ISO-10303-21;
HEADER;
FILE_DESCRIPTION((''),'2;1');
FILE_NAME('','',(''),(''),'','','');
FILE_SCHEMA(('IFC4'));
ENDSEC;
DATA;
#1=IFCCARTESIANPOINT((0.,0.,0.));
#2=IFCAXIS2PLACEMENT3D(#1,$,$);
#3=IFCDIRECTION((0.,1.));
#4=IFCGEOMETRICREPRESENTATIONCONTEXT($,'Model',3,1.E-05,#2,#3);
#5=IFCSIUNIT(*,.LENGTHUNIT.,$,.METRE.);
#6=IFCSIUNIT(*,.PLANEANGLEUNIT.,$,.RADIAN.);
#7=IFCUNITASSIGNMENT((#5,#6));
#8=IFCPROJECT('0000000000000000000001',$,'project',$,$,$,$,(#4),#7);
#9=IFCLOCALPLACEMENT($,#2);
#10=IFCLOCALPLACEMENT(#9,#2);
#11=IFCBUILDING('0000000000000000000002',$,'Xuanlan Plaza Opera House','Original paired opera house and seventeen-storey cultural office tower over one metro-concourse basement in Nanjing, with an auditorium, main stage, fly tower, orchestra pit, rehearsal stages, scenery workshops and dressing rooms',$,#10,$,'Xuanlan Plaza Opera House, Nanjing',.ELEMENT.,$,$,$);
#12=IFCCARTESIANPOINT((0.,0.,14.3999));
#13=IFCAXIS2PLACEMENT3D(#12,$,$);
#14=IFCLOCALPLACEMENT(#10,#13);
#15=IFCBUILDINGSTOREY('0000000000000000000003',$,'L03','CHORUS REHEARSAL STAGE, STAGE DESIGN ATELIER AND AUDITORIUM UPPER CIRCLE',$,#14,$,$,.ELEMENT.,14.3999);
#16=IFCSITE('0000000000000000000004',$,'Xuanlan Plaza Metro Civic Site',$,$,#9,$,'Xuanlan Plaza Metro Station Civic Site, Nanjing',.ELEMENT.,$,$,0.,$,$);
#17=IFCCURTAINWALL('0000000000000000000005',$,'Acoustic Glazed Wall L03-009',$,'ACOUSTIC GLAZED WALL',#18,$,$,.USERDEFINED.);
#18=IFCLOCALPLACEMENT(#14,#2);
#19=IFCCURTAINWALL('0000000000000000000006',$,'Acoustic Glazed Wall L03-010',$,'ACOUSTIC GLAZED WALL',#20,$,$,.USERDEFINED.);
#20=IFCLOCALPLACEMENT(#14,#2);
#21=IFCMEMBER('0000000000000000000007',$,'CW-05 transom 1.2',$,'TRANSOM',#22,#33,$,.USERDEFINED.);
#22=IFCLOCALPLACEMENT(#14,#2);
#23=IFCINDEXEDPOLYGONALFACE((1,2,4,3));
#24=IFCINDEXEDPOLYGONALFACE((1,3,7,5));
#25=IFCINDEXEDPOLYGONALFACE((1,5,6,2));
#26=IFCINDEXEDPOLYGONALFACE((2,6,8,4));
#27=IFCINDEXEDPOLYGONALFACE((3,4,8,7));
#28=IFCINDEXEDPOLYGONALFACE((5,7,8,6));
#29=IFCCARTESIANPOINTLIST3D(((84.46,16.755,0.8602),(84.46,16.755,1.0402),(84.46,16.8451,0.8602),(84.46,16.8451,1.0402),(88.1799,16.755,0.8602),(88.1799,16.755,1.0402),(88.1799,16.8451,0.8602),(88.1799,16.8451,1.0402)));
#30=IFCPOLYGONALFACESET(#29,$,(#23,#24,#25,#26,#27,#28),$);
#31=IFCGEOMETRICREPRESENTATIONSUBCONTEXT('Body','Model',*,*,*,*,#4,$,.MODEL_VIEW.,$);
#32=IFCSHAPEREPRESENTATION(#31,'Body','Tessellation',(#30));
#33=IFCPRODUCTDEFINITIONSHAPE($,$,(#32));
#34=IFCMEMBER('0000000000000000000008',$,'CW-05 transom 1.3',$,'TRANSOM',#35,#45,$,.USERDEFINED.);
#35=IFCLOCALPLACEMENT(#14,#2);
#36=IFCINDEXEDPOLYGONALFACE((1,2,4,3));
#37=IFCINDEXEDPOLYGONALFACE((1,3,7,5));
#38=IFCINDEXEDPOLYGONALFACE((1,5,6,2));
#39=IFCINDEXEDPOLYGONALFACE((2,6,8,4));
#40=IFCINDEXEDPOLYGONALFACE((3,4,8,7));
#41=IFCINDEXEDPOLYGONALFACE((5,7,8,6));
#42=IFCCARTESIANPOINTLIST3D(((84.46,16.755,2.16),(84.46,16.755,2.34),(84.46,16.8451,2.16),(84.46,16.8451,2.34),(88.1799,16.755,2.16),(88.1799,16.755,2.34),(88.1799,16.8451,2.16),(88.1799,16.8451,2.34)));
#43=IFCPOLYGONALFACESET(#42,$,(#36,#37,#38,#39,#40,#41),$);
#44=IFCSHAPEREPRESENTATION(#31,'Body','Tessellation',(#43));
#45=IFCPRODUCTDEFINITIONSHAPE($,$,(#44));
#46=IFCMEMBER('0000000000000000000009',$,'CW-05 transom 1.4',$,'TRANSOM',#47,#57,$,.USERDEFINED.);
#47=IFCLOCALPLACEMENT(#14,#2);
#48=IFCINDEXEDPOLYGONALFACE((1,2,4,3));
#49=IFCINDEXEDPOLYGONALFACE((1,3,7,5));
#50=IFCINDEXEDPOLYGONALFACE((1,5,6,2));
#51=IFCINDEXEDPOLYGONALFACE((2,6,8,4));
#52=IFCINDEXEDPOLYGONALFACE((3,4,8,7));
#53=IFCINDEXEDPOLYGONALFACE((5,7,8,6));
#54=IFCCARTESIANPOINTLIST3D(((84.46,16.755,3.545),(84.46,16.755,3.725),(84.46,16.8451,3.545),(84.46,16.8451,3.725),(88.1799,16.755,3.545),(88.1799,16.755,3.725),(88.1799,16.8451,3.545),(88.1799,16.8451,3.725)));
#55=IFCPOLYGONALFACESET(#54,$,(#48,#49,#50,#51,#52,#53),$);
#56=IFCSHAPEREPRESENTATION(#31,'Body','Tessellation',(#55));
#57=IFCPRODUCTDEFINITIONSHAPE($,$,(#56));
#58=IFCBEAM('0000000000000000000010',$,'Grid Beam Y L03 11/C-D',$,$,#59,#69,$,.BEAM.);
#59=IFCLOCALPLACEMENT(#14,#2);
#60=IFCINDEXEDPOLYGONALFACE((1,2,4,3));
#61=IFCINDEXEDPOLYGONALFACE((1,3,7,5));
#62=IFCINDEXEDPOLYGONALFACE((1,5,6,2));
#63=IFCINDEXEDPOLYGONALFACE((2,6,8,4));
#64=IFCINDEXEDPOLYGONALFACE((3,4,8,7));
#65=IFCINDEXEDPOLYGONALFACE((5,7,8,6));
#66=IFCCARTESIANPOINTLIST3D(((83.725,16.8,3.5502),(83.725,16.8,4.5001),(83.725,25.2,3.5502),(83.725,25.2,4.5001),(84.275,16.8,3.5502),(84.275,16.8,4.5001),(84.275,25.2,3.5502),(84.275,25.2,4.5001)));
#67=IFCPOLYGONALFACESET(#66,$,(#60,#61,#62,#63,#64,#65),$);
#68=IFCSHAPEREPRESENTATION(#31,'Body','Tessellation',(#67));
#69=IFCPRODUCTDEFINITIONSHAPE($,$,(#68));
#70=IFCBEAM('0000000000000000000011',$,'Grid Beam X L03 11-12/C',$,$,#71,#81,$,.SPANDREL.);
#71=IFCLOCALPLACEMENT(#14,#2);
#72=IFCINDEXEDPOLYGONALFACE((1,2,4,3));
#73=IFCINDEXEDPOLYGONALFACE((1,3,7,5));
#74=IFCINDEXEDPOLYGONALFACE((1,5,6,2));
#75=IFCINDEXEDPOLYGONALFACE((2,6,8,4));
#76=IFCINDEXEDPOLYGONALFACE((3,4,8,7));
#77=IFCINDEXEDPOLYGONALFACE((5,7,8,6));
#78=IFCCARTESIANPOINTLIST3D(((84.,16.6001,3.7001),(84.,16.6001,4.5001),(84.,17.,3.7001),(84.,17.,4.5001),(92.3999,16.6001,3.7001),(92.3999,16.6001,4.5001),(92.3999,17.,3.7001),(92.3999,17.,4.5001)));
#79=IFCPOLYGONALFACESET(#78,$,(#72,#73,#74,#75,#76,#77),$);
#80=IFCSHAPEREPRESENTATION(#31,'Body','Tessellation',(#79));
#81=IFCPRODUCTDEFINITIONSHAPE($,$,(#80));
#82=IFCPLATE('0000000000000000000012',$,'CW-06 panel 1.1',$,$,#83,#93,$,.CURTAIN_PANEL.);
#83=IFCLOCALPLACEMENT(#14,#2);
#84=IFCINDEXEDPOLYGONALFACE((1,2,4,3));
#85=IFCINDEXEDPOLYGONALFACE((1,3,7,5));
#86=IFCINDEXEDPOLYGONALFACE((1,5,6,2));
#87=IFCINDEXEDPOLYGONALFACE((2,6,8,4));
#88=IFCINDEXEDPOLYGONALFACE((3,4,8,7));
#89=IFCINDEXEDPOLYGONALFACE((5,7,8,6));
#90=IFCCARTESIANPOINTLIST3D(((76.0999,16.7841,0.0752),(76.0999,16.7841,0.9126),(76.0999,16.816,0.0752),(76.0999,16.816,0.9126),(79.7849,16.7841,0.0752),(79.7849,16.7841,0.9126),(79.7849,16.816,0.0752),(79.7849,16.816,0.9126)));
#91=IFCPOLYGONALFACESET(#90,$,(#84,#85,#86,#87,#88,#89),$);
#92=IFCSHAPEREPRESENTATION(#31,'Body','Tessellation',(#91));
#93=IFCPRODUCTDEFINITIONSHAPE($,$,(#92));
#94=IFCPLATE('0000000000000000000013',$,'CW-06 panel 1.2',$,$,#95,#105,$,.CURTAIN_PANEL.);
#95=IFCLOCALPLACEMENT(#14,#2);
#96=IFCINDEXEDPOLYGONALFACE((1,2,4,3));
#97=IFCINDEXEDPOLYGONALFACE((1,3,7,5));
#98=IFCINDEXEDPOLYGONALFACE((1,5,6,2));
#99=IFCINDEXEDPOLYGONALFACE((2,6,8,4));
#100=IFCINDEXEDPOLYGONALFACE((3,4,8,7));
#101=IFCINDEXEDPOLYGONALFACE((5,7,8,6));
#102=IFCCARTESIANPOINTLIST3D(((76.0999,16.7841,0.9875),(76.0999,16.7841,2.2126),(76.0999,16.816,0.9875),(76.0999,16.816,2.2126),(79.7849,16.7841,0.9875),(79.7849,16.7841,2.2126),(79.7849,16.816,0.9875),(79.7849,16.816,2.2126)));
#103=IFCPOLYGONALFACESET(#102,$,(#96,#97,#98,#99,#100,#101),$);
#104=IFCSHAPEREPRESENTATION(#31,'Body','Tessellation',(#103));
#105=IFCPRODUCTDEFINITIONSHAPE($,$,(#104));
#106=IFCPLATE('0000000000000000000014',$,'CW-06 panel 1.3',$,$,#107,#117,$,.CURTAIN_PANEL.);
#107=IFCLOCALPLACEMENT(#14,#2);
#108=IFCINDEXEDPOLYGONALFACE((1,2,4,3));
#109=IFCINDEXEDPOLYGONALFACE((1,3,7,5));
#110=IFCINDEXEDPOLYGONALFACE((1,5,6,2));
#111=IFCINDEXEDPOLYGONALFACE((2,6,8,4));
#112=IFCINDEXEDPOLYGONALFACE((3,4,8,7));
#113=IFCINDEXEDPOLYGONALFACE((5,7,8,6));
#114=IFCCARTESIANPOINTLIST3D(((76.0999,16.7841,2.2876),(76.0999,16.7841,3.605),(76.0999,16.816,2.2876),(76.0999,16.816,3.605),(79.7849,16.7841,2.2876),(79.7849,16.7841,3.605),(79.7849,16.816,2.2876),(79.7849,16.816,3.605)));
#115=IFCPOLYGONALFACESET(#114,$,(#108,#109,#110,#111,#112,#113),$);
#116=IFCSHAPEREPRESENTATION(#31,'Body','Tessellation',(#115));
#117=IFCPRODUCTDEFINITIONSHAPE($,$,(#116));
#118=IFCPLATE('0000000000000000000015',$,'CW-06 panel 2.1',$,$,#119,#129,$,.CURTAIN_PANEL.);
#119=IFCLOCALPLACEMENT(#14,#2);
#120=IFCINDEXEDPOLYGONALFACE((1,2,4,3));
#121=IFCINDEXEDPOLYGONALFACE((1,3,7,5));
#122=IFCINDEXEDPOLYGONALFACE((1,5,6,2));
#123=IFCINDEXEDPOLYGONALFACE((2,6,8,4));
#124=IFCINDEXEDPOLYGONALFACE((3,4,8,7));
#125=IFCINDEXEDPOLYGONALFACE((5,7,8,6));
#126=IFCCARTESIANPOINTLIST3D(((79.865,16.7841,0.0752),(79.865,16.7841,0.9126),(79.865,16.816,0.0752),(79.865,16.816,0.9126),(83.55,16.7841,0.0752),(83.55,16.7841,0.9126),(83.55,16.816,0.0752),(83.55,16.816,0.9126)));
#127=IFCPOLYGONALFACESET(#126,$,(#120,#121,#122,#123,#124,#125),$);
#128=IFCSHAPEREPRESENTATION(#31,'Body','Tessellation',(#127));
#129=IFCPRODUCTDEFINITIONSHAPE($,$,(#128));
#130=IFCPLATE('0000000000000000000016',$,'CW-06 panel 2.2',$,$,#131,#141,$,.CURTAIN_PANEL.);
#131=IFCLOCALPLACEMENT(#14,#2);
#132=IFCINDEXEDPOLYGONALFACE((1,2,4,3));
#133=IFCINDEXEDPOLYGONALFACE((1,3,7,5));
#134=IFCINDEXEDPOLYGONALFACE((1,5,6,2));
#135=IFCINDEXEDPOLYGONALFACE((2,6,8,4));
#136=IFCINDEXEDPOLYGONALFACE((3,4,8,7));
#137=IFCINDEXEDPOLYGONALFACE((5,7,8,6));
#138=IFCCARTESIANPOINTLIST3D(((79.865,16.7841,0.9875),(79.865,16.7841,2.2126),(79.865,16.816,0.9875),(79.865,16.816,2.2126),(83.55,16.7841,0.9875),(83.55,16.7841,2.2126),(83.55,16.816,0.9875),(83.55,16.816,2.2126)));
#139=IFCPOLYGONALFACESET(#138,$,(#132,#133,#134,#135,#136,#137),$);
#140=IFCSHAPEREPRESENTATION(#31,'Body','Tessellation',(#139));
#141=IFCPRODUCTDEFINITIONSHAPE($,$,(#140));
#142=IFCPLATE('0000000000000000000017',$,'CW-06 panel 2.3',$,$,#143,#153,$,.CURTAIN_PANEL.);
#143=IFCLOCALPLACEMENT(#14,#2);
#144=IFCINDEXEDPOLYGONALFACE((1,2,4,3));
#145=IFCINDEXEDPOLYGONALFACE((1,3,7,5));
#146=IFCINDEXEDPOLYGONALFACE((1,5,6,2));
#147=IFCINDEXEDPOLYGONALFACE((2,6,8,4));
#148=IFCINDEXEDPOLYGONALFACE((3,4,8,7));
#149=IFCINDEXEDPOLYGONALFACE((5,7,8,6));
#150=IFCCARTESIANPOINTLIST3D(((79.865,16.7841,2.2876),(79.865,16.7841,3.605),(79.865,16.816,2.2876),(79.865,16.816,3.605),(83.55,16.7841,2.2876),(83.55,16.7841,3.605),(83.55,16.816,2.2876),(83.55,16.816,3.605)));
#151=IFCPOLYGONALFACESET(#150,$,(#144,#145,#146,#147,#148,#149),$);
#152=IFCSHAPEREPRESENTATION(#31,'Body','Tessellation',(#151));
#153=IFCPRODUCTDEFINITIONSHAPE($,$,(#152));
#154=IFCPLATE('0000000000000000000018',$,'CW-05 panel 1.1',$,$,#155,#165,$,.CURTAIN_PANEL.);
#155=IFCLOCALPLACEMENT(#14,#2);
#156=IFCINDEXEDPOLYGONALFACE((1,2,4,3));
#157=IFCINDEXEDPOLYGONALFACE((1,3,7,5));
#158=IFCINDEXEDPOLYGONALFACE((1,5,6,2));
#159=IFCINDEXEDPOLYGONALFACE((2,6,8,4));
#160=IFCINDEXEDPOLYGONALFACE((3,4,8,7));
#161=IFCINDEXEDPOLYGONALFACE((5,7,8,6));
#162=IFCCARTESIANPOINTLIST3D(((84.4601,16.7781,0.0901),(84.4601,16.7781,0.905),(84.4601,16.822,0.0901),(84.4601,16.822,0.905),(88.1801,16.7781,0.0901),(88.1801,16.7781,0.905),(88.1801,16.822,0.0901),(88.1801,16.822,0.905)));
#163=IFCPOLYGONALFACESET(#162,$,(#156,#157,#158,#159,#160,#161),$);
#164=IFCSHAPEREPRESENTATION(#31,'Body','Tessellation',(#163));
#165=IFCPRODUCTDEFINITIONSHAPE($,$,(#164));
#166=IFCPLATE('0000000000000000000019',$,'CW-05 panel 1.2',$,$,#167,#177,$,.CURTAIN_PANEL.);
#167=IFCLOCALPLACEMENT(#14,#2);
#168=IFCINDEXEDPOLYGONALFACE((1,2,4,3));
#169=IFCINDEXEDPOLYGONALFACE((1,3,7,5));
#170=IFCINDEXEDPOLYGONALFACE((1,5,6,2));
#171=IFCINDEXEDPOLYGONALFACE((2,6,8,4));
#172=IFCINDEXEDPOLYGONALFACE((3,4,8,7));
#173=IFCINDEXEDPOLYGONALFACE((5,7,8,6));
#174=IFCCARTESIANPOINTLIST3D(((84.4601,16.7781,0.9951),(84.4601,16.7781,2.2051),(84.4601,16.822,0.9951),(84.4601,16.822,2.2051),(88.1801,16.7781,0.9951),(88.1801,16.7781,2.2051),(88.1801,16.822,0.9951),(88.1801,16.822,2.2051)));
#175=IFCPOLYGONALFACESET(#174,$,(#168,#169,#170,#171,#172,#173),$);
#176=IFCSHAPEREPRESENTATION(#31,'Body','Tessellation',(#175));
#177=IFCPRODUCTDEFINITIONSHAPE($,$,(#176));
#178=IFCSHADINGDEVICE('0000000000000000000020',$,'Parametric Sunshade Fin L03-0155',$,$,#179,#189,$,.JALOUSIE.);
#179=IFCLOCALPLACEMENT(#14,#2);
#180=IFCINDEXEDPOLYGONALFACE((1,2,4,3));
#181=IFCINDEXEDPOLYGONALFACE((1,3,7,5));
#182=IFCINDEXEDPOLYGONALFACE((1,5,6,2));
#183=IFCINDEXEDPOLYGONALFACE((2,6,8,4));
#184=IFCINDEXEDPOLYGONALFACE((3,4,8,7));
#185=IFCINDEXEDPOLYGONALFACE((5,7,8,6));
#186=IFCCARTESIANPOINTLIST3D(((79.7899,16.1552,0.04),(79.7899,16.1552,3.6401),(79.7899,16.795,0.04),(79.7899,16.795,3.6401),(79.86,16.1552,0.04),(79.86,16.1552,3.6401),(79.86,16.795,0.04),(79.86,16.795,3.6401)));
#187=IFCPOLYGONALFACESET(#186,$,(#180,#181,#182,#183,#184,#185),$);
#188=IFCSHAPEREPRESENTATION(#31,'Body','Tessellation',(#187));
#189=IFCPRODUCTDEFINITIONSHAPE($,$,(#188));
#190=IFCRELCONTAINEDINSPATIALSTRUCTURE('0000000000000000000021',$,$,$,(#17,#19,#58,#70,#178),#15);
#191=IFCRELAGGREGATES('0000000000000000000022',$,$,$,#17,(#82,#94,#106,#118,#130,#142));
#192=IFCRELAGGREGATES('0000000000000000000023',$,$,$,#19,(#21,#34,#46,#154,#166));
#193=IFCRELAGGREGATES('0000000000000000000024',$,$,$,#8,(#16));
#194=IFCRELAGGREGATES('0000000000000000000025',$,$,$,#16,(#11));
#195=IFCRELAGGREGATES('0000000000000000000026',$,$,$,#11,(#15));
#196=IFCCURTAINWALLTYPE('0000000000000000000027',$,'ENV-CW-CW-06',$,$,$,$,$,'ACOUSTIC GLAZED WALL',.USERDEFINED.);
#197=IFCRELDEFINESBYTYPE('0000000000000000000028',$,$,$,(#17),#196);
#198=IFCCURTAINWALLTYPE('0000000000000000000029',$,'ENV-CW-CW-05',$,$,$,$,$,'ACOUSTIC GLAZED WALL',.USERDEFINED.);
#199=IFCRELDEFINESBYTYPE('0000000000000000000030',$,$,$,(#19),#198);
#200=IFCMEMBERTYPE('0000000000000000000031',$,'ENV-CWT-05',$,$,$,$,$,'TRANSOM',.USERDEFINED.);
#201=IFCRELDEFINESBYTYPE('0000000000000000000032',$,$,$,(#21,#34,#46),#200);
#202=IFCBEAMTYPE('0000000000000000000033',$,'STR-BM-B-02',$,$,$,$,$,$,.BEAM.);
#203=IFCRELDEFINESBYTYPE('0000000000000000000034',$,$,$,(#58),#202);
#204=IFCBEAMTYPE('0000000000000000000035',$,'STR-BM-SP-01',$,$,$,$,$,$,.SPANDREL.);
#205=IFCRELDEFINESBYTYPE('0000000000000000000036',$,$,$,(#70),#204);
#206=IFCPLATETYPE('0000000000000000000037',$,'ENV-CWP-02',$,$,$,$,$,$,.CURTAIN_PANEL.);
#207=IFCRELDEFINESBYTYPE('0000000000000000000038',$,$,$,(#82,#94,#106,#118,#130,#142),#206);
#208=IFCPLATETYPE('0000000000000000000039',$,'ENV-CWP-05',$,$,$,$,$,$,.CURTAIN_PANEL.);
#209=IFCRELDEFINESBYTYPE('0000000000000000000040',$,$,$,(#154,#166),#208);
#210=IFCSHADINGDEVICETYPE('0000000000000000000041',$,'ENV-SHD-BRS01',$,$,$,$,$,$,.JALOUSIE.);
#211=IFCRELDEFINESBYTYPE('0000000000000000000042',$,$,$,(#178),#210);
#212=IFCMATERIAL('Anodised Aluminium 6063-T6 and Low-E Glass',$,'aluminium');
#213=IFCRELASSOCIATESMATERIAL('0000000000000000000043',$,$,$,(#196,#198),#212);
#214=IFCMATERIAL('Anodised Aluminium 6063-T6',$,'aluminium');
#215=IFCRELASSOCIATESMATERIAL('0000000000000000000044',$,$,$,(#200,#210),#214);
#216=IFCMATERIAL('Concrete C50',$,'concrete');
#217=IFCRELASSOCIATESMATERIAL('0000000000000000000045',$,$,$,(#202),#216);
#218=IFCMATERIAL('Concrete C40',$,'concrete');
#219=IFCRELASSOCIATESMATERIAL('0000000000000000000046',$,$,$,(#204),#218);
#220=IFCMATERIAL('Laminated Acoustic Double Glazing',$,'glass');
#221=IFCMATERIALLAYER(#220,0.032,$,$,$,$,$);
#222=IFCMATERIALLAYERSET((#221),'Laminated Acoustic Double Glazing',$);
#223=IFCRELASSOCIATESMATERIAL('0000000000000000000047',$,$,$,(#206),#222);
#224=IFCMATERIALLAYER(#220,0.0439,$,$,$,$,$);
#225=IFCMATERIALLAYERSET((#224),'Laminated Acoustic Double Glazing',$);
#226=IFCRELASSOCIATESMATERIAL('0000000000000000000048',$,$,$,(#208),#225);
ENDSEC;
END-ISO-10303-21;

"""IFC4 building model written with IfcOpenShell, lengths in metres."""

from ifc_helpers import new_model, si_unit, direction, frame, origin, origin_2d, place, context, subcontext, project, spatial, rectangle, extrude, material, layer, layer_set, material_profile, profile_set, type_object, element, aggregate, save


model = new_model("IFC4")

# Units and contexts
model_context = context("Model", 3, precision=1e-05, world=origin(), true_north=direction((0.0, 1.0)))
body_context = subcontext(model_context, "Body", "Model", "MODEL_VIEW")
ifc_project = project(units=[si_unit("LENGTHUNIT", "METRE"), si_unit("PLANEANGLEUNIT", "RADIAN")], contexts=[model_context])

# Site, building, storey
site_placement = place(None, origin())
site = spatial("IfcSite", under=ifc_project, at=site_placement, Name="Xuanlan Plaza Metro Civic Site", LongName="Xuanlan Plaza Metro Station Civic Site, Nanjing", CompositionType="ELEMENT", RefElevation=0.0)
building_placement = place(site_placement, origin())
building = spatial("IfcBuilding", under=site, at=building_placement, Name="Xuanlan Plaza Opera House", Description="Original paired opera house and seventeen-storey cultural office tower over one metro-concourse basement in Nanjing, with an auditorium, main stage, fly tower, orchestra pit, rehearsal stages, scenery workshops and dressing rooms", LongName="Xuanlan Plaza Opera House, Nanjing", CompositionType="ELEMENT")
storey_placement = place(building_placement, frame((0.0, 0.0, 14.3999)))
storey = spatial("IfcBuildingStorey", under=building, at=storey_placement, Name="L03", Description="CHORUS REHEARSAL STAGE, STAGE DESIGN ATELIER AND AUDITORIUM UPPER CIRCLE", CompositionType="ELEMENT", Elevation=14.3999)

# Shared definitions
ifc_material_1 = material(Name="Concrete C40", Category="concrete")

# Curtain wall
ifc_material_2 = material(Name="Anodised Aluminium 6063-T6 and Low-E Glass", Category="aluminium")
curtain_wall_type_1 = type_object("IfcCurtainWallType", Name="ENV-CW-CW-06", ElementType="ACOUSTIC GLAZED WALL", PredefinedType="USERDEFINED", material=ifc_material_2)
curtain_wall_1_placement = place(storey_placement, origin())
curtain_wall_1 = element("IfcCurtainWall", 1, at=curtain_wall_1_placement, inside=storey, type_object=curtain_wall_type_1, Name="Acoustic Glazed Wall L03-009", ObjectType="ACOUSTIC GLAZED WALL", PredefinedType="USERDEFINED")
ifc_material_3 = material(Name="Anodised Aluminium 6063-T6", Category="aluminium")

# Curtain wall
curtain_wall_type_2 = type_object("IfcCurtainWallType", Name="ENV-CW-CW-05", ElementType="ACOUSTIC GLAZED WALL", PredefinedType="USERDEFINED", material=ifc_material_2)
curtain_wall_2_placement = place(storey_placement, origin())
curtain_wall_2 = element("IfcCurtainWall", 2, at=curtain_wall_2_placement, inside=storey, type_object=curtain_wall_type_2, Name="Acoustic Glazed Wall L03-010", ObjectType="ACOUSTIC GLAZED WALL", PredefinedType="USERDEFINED")

# Members
ifc_material_profile_1 = material_profile(ifc_material_3, rectangle(XDim=0.0901, YDim=0.1799, at=origin_2d()), Name="ALU-T 90x180")
ifc_profile_set_1 = profile_set([ifc_material_profile_1], Name="Anodised Aluminium 6063-T6")
member_type_1 = type_object("IfcMemberType", Name="ENV-CWT-05", ElementType="TRANSOM", PredefinedType="USERDEFINED", material=ifc_profile_set_1)
member_1_placement = place(storey_placement, frame((84.46, 16.8, 0.9502), z_axis=(1.0, 0.0, 0.0), x_axis=(0.0, 1.0, 0.0)))
member_1 = element("IfcMember", 3, at=member_1_placement, type_object=member_type_1, Name="CW-05 transom 1.2", ObjectType="TRANSOM", PredefinedType="USERDEFINED", context=body_context, shape_type="SweptSolid", body=[
    extrude(rectangle(XDim=0.0901, YDim=0.1799, at=origin_2d()), origin(), (0.0, 0.0, 1.0), 3.72),
])
member_2_placement = place(storey_placement, frame((84.46, 16.8, 2.25), z_axis=(1.0, 0.0, 0.0), x_axis=(0.0, 1.0, 0.0)))
member_2 = element("IfcMember", 4, at=member_2_placement, type_object=member_type_1, Name="CW-05 transom 1.3", ObjectType="TRANSOM", PredefinedType="USERDEFINED", context=body_context, shape_type="SweptSolid", body=[
    extrude(rectangle(XDim=0.0901, YDim=0.1799, at=origin_2d()), origin(), (0.0, 0.0, 1.0), 3.72),
])
member_3_placement = place(storey_placement, frame((84.46, 16.8, 3.635), z_axis=(1.0, 0.0, 0.0), x_axis=(0.0, 1.0, 0.0)))
member_3 = element("IfcMember", 5, at=member_3_placement, type_object=member_type_1, Name="CW-05 transom 1.4", ObjectType="TRANSOM", PredefinedType="USERDEFINED", context=body_context, shape_type="SweptSolid", body=[
    extrude(rectangle(XDim=0.0901, YDim=0.1799, at=origin_2d()), origin(), (0.0, 0.0, 1.0), 3.72),
])

# Beams
ifc_material_4 = material(Name="Concrete C50", Category="concrete")
ifc_material_profile_2 = material_profile(ifc_material_4, rectangle(XDim=0.55, YDim=0.95, at=origin_2d()), Name="RC-BM 550x950")
ifc_profile_set_2 = profile_set([ifc_material_profile_2], Name="Concrete C50")
beam_type_1 = type_object("IfcBeamType", Name="STR-BM-B-02", PredefinedType="BEAM", material=ifc_profile_set_2)
beam_1_placement = place(storey_placement, frame((84.0, 16.8, 4.0251), z_axis=(0.0, 1.0, 0.0), x_axis=(-1.0, 0.0, 0.0)))
element("IfcBeam", 6, at=beam_1_placement, inside=storey, type_object=beam_type_1, Name="Grid Beam Y L03 11/C-D", PredefinedType="BEAM", context=body_context, shape_type="SweptSolid", body=[
    extrude(rectangle(XDim=0.55, YDim=0.95, at=origin_2d()), origin(), (0.0, 0.0, 1.0), 8.3999),
])
ifc_material_profile_3 = material_profile(ifc_material_1, rectangle(XDim=0.3999, YDim=0.8, at=origin_2d()), Name="RC-SPD 400x800")
ifc_profile_set_3 = profile_set([ifc_material_profile_3], Name="Concrete C40")
beam_type_2 = type_object("IfcBeamType", Name="STR-BM-SP-01", PredefinedType="SPANDREL", material=ifc_profile_set_3)
beam_2_placement = place(storey_placement, frame((84.0, 16.8, 4.1001), z_axis=(1.0, 0.0, 0.0), x_axis=(0.0, 1.0, 0.0)))
element("IfcBeam", 7, at=beam_2_placement, inside=storey, type_object=beam_type_2, Name="Grid Beam X L03 11-12/C", PredefinedType="SPANDREL", context=body_context, shape_type="SweptSolid", body=[
    extrude(rectangle(XDim=0.3999, YDim=0.8, at=origin_2d()), origin(), (0.0, 0.0, 1.0), 8.3999),
])

# Plates
ifc_material_5 = material(Name="Laminated Acoustic Double Glazing", Category="glass")
ifc_layer_1 = layer(ifc_material_5, 0.032)
ifc_layer_set_1 = layer_set([ifc_layer_1], Name="Laminated Acoustic Double Glazing")
plate_type_1 = type_object("IfcPlateType", Name="ENV-CWP-02", PredefinedType="CURTAIN_PANEL", material=ifc_layer_set_1)
plate_1_placement = place(storey_placement, frame((77.9424, 16.8, 0.0752), z_axis=(0.0, 0.0, 1.0), x_axis=(1.0, 0.0, 0.0)))
plate_1 = element("IfcPlate", 8, at=plate_1_placement, type_object=plate_type_1, Name="CW-06 panel 1.1", PredefinedType="CURTAIN_PANEL", context=body_context, shape_type="SweptSolid", body=[
    extrude(rectangle(XDim=3.6851, YDim=0.032, at=origin_2d()), origin(), (0.0, 0.0, 1.0), 0.8374),
])
plate_2_placement = place(storey_placement, frame((77.9424, 16.8, 0.9875), z_axis=(0.0, 0.0, 1.0), x_axis=(1.0, 0.0, 0.0)))
plate_2 = element("IfcPlate", 9, at=plate_2_placement, type_object=plate_type_1, Name="CW-06 panel 1.2", PredefinedType="CURTAIN_PANEL", context=body_context, shape_type="SweptSolid", body=[
    extrude(rectangle(XDim=3.6851, YDim=0.032, at=origin_2d()), origin(), (0.0, 0.0, 1.0), 1.2251),
])
plate_3_placement = place(storey_placement, frame((77.9424, 16.8, 2.2876), z_axis=(0.0, 0.0, 1.0), x_axis=(1.0, 0.0, 0.0)))
plate_3 = element("IfcPlate", 10, at=plate_3_placement, type_object=plate_type_1, Name="CW-06 panel 1.3", PredefinedType="CURTAIN_PANEL", context=body_context, shape_type="SweptSolid", body=[
    extrude(rectangle(XDim=3.6851, YDim=0.032, at=origin_2d()), origin(), (0.0, 0.0, 1.0), 1.3174),
])
plate_4_placement = place(storey_placement, frame((81.7075, 16.8, 0.0752), z_axis=(0.0, 0.0, 1.0), x_axis=(1.0, 0.0, 0.0)))
plate_4 = element("IfcPlate", 11, at=plate_4_placement, type_object=plate_type_1, Name="CW-06 panel 2.1", PredefinedType="CURTAIN_PANEL", context=body_context, shape_type="SweptSolid", body=[
    extrude(rectangle(XDim=3.6851, YDim=0.032, at=origin_2d()), origin(), (0.0, 0.0, 1.0), 0.8374),
])
plate_5_placement = place(storey_placement, frame((81.7075, 16.8, 0.9875), z_axis=(0.0, 0.0, 1.0), x_axis=(1.0, 0.0, 0.0)))
plate_5 = element("IfcPlate", 12, at=plate_5_placement, type_object=plate_type_1, Name="CW-06 panel 2.2", PredefinedType="CURTAIN_PANEL", context=body_context, shape_type="SweptSolid", body=[
    extrude(rectangle(XDim=3.6851, YDim=0.032, at=origin_2d()), origin(), (0.0, 0.0, 1.0), 1.2251),
])
plate_6_placement = place(storey_placement, frame((81.7075, 16.8, 2.2876), z_axis=(0.0, 0.0, 1.0), x_axis=(1.0, 0.0, 0.0)))
plate_6 = element("IfcPlate", 13, at=plate_6_placement, type_object=plate_type_1, Name="CW-06 panel 2.3", PredefinedType="CURTAIN_PANEL", context=body_context, shape_type="SweptSolid", body=[
    extrude(rectangle(XDim=3.6851, YDim=0.032, at=origin_2d()), origin(), (0.0, 0.0, 1.0), 1.3174),
])
aggregate(curtain_wall_1, [plate_1, plate_2, plate_3, plate_4, plate_5, plate_6])
ifc_layer_2 = layer(ifc_material_5, 0.0439)
ifc_layer_set_2 = layer_set([ifc_layer_2], Name="Laminated Acoustic Double Glazing")
plate_type_2 = type_object("IfcPlateType", Name="ENV-CWP-05", PredefinedType="CURTAIN_PANEL", material=ifc_layer_set_2)
plate_7_placement = place(storey_placement, frame((86.3201, 16.8, 0.0901), z_axis=(0.0, 0.0, 1.0), x_axis=(1.0, 0.0, 0.0)))
plate_7 = element("IfcPlate", 14, at=plate_7_placement, type_object=plate_type_2, Name="CW-05 panel 1.1", PredefinedType="CURTAIN_PANEL", context=body_context, shape_type="SweptSolid", body=[
    extrude(rectangle(XDim=3.72, YDim=0.0439, at=origin_2d()), origin(), (0.0, 0.0, 1.0), 0.8149),
])
plate_8_placement = place(storey_placement, frame((86.3201, 16.8, 0.9951), z_axis=(0.0, 0.0, 1.0), x_axis=(1.0, 0.0, 0.0)))
plate_8 = element("IfcPlate", 15, at=plate_8_placement, type_object=plate_type_2, Name="CW-05 panel 1.2", PredefinedType="CURTAIN_PANEL", context=body_context, shape_type="SweptSolid", body=[
    extrude(rectangle(XDim=3.72, YDim=0.0439, at=origin_2d()), origin(), (0.0, 0.0, 1.0), 1.21),
])
aggregate(curtain_wall_2, [member_1, member_2, member_3, plate_7, plate_8])

# Shading device
shading_device_type = type_object("IfcShadingDeviceType", Name="ENV-SHD-BRS01", PredefinedType="JALOUSIE", material=ifc_material_3)
shading_device_placement = place(storey_placement, frame((79.825, 16.4751, 0.04), z_axis=(0.0, 0.0, 1.0), x_axis=(0.0, -1.0, 0.0)))
element("IfcShadingDevice", 16, at=shading_device_placement, inside=storey, type_object=shading_device_type, Name="Parametric Sunshade Fin L03-0155", PredefinedType="JALOUSIE", context=body_context, shape_type="SweptSolid", body=[
    extrude(rectangle(XDim=0.6399, YDim=0.0701, at=origin_2d()), origin(), (0.0, 0.0, 1.0), 3.6001),
])

save(model, "model.ifc")
